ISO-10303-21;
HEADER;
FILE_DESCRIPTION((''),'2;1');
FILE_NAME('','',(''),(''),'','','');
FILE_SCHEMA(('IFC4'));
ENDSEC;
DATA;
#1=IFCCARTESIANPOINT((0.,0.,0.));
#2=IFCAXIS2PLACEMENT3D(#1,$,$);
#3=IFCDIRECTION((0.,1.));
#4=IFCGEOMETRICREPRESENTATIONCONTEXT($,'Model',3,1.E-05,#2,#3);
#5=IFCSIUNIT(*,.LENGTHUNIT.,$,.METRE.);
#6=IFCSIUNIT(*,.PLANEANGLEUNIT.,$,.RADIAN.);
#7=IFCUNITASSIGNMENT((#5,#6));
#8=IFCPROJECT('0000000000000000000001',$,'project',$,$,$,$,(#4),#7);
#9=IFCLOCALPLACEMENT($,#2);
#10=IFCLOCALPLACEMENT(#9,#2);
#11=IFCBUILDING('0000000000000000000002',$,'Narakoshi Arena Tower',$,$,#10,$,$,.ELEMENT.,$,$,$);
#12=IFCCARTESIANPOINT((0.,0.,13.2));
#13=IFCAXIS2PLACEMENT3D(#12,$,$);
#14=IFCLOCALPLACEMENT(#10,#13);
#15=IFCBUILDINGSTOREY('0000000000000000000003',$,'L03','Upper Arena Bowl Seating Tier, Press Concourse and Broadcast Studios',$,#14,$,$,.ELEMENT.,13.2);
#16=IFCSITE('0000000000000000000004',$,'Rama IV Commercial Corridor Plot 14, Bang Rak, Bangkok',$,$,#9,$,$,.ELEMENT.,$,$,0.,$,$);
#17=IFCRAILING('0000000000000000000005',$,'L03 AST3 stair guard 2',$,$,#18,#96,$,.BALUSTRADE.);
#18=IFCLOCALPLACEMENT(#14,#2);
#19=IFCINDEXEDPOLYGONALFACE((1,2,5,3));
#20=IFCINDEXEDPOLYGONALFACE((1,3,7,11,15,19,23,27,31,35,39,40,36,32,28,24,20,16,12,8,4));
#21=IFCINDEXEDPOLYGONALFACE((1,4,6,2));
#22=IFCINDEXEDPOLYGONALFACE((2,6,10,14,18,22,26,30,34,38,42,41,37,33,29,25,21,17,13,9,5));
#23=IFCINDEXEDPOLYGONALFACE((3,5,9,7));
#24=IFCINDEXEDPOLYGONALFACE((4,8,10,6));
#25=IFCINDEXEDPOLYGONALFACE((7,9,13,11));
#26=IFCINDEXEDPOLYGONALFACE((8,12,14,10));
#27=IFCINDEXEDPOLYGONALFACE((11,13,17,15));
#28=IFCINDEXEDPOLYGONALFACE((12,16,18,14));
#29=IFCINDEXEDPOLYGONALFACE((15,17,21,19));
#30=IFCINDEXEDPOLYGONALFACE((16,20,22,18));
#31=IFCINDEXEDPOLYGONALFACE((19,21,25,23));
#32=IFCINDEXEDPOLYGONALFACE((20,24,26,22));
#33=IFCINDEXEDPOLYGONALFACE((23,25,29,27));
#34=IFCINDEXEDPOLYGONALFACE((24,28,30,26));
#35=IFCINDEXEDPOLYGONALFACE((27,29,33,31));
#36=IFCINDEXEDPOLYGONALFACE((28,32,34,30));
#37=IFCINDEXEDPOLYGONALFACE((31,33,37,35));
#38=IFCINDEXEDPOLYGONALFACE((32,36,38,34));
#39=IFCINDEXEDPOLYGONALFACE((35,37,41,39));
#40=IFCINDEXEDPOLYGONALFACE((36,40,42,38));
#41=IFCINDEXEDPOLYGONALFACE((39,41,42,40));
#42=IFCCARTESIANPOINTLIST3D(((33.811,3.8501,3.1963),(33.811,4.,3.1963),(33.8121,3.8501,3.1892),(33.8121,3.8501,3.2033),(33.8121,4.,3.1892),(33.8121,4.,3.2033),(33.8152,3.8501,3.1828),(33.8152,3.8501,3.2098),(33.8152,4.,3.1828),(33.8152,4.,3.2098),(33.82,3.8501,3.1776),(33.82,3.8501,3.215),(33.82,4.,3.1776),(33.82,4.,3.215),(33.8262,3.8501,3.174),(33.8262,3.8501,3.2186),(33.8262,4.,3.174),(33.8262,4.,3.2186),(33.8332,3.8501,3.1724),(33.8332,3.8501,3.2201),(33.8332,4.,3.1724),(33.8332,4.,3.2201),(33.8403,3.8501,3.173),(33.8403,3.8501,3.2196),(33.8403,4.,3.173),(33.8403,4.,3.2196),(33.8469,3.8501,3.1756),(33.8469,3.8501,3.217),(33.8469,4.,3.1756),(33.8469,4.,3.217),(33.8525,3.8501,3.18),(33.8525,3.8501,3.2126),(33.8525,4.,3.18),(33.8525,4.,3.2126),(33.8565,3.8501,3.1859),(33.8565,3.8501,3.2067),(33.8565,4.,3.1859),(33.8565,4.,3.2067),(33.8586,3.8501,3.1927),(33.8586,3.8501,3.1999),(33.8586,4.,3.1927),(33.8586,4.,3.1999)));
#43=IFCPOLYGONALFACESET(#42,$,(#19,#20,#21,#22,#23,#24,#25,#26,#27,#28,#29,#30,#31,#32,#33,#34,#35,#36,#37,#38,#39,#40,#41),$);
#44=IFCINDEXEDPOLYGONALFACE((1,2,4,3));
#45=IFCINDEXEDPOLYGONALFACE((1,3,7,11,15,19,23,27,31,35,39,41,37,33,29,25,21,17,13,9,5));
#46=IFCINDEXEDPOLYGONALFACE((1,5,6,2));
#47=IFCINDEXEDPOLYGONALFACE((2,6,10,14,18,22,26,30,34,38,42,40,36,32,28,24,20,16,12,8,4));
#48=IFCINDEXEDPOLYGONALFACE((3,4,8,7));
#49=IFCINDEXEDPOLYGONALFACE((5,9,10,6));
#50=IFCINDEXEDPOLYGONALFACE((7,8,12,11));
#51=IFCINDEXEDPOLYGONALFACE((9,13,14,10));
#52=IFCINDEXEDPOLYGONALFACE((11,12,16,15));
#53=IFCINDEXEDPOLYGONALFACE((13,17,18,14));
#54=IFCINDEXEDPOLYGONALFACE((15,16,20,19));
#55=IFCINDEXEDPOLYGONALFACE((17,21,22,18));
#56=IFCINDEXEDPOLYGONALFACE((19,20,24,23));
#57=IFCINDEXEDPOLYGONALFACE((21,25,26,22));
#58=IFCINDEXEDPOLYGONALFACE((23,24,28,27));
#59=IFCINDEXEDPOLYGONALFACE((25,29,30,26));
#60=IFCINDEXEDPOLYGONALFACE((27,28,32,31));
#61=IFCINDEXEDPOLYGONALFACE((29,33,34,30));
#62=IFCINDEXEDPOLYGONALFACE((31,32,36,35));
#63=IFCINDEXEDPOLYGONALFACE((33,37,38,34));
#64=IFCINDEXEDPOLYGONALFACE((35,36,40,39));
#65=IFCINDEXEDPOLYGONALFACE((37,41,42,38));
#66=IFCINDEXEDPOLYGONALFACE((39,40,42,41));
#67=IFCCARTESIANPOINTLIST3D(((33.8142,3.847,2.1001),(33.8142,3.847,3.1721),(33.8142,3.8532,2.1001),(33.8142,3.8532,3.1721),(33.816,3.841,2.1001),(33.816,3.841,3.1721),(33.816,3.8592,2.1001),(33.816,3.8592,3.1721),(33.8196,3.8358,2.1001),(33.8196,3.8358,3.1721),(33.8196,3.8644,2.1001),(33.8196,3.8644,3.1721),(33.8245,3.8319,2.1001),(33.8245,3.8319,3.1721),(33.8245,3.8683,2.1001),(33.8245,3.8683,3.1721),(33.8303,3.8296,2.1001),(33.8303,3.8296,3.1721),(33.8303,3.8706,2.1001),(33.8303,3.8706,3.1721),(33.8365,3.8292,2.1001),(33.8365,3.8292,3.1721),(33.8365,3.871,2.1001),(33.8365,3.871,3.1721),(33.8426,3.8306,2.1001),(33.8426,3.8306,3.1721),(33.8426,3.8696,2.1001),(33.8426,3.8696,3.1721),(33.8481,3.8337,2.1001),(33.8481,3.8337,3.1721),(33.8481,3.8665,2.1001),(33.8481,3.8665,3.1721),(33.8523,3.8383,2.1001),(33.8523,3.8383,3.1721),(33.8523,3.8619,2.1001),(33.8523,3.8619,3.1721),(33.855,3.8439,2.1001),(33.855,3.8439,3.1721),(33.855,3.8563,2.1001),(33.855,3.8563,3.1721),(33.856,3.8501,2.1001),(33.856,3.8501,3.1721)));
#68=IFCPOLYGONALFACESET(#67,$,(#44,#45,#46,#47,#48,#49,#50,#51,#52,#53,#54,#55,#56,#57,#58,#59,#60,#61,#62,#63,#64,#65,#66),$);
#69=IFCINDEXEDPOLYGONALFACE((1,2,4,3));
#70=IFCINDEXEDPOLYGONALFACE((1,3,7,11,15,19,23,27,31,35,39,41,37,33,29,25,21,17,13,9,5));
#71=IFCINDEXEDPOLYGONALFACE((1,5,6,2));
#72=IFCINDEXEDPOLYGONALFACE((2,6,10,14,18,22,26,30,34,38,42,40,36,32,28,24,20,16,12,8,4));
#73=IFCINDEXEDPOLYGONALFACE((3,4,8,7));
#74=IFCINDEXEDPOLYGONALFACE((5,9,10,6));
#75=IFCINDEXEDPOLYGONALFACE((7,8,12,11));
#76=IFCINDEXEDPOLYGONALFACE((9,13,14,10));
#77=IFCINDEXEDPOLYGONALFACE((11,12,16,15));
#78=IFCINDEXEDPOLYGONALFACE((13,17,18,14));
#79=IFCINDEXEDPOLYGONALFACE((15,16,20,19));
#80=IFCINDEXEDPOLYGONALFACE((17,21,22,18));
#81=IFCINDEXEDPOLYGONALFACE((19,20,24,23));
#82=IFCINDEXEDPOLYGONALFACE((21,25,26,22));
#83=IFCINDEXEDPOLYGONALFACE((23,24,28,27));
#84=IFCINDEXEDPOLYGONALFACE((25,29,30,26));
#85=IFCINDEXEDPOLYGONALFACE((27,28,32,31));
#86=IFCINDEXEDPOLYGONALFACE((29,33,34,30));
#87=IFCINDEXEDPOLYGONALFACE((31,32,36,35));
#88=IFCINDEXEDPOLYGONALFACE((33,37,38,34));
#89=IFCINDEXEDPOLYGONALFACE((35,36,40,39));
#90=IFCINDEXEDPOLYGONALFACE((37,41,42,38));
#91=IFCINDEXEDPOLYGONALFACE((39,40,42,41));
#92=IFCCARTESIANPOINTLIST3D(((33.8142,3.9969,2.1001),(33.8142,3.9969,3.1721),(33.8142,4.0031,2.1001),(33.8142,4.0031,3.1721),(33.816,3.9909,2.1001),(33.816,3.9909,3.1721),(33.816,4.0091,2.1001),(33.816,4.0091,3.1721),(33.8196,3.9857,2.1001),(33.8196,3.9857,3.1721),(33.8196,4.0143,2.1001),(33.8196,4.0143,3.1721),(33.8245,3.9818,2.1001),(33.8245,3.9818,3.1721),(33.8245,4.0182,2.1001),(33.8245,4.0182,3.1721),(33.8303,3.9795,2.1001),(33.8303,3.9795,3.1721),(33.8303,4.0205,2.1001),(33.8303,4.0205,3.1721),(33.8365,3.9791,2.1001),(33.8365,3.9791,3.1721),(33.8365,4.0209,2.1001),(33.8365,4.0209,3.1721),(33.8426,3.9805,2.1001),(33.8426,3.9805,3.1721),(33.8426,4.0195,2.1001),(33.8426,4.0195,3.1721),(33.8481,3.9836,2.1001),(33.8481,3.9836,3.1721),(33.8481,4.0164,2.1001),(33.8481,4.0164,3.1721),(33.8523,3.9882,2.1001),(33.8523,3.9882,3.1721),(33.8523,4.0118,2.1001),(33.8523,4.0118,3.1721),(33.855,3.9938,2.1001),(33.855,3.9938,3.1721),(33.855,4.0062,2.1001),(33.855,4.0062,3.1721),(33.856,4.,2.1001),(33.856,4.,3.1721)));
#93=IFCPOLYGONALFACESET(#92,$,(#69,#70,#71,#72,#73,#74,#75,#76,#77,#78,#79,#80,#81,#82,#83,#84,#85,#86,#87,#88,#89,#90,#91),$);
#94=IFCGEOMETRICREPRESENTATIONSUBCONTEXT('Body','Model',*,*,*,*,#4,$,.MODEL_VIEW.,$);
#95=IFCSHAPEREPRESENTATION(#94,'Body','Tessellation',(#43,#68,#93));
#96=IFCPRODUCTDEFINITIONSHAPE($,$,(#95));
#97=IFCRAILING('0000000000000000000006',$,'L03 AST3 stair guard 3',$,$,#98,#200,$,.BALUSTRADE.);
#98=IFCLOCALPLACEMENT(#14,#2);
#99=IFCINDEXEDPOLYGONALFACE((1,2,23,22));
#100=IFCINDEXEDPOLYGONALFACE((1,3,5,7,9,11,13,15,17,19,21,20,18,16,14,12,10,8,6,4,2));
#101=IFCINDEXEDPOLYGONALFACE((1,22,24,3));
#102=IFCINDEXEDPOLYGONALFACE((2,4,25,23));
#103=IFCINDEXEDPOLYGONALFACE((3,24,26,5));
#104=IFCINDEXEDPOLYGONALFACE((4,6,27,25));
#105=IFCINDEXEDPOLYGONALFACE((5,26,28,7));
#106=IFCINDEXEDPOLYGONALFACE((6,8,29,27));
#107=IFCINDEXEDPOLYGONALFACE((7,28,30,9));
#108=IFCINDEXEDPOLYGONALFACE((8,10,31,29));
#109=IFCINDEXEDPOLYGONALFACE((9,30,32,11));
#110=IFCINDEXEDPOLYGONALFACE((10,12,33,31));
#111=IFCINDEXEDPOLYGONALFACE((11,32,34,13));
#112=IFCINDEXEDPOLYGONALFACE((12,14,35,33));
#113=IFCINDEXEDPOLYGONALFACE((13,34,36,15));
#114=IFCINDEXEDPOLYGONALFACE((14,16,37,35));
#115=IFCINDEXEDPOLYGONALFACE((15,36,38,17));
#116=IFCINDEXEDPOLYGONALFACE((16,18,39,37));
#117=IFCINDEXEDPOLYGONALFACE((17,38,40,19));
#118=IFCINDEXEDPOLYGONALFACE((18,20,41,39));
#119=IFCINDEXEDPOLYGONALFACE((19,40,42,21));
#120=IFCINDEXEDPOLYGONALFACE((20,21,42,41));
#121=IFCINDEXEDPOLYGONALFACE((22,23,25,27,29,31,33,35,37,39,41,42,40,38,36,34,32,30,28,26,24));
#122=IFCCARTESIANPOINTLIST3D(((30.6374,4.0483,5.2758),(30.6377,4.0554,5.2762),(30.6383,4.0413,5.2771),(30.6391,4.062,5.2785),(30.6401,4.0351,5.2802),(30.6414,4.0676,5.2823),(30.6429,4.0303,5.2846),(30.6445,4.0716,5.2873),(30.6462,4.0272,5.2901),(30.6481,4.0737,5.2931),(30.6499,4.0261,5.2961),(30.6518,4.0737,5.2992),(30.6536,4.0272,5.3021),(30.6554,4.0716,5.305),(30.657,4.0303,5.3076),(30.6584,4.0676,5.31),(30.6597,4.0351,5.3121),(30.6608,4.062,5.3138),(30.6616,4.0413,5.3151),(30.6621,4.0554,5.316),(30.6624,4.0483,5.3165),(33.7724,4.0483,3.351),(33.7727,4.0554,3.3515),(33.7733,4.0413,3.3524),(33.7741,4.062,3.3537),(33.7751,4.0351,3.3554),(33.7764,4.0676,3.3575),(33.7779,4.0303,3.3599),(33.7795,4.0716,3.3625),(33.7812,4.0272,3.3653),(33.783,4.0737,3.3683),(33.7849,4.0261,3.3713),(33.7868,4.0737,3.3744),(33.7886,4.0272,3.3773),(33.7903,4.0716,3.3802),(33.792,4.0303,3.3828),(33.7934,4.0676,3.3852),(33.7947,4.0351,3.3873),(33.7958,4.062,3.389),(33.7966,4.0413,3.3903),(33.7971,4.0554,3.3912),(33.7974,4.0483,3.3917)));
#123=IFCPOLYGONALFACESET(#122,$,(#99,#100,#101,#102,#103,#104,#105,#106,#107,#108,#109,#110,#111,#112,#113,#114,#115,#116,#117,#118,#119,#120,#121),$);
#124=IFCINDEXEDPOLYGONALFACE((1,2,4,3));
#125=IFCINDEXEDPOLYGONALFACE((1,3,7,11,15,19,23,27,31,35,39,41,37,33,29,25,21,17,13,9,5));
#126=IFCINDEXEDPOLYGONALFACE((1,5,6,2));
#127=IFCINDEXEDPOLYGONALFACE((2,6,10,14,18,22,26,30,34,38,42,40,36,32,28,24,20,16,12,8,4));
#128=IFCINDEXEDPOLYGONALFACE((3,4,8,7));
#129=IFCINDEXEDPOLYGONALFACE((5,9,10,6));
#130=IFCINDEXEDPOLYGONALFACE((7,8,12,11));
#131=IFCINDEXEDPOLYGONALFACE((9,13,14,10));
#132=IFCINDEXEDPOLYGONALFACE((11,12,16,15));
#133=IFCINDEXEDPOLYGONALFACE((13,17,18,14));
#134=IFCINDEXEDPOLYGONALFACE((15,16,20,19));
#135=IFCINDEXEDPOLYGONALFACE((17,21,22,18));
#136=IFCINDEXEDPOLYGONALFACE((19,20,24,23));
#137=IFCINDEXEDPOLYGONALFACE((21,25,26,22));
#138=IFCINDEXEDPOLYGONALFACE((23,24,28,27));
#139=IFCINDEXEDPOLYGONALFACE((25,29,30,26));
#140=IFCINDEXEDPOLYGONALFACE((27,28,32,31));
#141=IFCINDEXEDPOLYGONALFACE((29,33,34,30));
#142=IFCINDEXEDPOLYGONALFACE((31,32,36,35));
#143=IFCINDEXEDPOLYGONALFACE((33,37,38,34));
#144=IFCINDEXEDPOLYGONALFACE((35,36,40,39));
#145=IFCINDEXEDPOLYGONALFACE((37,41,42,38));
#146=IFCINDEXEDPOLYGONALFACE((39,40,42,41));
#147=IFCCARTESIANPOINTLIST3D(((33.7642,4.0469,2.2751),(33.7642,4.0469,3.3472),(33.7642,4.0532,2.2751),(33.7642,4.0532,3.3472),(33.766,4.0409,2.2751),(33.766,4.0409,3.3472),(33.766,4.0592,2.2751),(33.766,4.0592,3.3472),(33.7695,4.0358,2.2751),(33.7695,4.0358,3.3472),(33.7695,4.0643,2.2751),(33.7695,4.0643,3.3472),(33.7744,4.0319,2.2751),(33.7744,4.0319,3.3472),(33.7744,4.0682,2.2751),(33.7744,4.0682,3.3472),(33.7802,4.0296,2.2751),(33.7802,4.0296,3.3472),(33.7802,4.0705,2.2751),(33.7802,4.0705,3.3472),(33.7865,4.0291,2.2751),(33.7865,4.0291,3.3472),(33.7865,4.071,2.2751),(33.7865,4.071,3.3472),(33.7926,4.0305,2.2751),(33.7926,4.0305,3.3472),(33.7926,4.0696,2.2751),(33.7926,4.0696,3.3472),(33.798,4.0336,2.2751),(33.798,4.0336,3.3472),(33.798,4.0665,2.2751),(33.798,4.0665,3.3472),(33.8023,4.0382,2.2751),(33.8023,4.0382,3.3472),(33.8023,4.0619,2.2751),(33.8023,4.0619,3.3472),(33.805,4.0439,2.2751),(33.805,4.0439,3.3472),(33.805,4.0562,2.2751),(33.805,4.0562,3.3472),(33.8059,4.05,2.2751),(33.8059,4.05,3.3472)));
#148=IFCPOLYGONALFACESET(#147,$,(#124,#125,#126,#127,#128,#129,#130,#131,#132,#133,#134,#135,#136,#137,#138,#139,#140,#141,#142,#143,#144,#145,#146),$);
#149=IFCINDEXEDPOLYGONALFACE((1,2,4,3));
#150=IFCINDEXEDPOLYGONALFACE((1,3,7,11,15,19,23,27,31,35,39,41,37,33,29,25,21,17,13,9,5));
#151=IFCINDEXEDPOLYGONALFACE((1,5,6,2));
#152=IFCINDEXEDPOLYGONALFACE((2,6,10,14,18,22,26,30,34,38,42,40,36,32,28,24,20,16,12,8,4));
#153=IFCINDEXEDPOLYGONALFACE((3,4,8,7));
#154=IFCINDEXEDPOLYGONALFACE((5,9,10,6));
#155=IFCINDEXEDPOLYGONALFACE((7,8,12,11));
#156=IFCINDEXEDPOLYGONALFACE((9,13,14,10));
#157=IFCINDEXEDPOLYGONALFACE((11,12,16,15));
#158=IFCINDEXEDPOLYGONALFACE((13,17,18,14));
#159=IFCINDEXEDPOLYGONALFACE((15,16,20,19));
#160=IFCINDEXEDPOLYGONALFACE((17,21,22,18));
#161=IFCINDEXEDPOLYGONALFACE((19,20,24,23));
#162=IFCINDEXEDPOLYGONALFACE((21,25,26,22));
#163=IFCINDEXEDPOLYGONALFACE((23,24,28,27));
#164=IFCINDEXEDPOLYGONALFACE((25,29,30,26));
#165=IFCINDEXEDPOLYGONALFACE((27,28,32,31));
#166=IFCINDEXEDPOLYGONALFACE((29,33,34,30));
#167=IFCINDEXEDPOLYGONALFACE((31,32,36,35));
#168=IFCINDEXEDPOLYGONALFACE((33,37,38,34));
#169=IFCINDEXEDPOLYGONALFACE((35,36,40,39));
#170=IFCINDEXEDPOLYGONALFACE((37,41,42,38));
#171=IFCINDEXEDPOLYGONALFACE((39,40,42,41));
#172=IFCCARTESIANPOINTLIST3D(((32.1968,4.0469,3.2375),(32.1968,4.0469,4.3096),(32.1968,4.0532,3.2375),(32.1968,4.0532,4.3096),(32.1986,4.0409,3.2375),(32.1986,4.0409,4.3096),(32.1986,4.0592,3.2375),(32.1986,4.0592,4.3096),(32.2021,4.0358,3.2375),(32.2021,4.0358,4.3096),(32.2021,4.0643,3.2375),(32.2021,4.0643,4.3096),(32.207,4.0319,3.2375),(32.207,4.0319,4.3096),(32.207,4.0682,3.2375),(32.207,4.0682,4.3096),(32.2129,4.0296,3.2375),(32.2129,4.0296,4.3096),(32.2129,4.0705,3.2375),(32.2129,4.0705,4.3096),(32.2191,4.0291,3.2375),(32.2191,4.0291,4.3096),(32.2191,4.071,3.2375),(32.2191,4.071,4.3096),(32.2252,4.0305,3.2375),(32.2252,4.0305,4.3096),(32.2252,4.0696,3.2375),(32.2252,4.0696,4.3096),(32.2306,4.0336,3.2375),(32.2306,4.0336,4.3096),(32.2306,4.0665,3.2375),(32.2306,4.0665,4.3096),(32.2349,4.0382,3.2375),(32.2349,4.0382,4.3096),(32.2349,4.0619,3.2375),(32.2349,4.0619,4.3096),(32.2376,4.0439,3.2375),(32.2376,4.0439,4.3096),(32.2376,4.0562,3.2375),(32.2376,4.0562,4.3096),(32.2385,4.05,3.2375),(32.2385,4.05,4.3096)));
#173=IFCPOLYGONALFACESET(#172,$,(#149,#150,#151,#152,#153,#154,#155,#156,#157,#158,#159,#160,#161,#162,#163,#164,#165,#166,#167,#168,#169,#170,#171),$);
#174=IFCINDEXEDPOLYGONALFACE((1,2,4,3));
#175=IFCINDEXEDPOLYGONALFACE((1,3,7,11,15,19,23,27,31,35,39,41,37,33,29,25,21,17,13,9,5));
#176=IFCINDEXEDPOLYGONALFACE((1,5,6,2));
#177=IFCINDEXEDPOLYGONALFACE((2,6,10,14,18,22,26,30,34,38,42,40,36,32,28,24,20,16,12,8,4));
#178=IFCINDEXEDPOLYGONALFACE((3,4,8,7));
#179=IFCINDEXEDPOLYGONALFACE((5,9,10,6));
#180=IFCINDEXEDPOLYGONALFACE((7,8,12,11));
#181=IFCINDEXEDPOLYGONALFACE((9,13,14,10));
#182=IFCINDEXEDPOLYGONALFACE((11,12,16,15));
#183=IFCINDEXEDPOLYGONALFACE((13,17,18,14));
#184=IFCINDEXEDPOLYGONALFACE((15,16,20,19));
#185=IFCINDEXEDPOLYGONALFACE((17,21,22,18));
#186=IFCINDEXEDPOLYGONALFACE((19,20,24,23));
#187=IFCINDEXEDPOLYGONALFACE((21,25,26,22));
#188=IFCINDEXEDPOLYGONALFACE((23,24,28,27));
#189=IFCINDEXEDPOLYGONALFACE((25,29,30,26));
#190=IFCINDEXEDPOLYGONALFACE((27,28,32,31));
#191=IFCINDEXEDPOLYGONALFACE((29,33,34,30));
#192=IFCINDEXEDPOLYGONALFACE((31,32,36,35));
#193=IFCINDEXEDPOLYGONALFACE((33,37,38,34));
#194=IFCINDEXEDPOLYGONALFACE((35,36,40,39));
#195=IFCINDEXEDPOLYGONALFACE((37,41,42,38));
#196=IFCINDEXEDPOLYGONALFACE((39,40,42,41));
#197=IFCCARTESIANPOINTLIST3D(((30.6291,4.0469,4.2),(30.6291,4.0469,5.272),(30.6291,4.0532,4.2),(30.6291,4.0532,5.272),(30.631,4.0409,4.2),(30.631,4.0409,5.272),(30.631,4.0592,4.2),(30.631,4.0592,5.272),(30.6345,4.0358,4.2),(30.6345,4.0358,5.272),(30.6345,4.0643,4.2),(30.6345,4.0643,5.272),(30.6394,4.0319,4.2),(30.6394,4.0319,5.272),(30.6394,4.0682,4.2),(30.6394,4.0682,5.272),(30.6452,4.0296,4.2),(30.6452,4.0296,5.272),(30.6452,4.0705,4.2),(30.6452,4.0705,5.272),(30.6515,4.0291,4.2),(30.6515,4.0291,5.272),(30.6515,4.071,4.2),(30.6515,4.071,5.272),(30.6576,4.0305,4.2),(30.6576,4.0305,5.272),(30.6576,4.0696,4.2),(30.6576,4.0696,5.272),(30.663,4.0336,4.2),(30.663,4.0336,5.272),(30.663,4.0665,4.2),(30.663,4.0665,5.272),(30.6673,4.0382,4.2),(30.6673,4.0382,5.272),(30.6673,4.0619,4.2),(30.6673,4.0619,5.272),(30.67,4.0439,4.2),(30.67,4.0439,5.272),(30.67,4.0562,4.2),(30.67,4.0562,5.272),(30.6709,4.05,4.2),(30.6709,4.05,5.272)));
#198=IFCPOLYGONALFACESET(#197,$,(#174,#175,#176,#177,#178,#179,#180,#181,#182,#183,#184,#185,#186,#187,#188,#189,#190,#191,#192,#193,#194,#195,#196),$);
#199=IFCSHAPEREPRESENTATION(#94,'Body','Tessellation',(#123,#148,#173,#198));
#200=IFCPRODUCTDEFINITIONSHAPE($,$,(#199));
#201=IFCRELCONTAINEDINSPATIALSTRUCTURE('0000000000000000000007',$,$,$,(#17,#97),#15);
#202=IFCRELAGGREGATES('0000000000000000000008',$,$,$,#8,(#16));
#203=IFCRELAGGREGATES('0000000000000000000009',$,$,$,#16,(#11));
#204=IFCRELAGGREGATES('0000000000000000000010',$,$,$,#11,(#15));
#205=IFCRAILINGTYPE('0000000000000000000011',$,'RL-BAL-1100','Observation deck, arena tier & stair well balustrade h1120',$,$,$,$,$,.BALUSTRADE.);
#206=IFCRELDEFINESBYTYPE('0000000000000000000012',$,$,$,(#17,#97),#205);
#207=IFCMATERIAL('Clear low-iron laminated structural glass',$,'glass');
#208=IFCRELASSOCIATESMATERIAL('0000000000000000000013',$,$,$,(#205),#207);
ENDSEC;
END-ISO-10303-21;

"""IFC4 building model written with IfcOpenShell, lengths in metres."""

from ifc_helpers import new_model, si_unit, direction, frame, origin, origin_2d, place, context, subcontext, project, spatial, circle, extrude, material, type_object, element, save


model = new_model("IFC4")

# Units and contexts
model_context = context("Model", 3, precision=1e-05, world=origin(), true_north=direction((0.0, 1.0)))
body_context = subcontext(model_context, "Body", "Model", "MODEL_VIEW")
ifc_project = project(units=[si_unit("LENGTHUNIT", "METRE"), si_unit("PLANEANGLEUNIT", "RADIAN")], contexts=[model_context])

# Site, building, storey
site_placement = place(None, origin())
site = spatial("IfcSite", under=ifc_project, at=site_placement, Name="Rama IV Commercial Corridor Plot 14, Bang Rak, Bangkok", CompositionType="ELEMENT", RefElevation=0.0)
building_placement = place(site_placement, origin())
building = spatial("IfcBuilding", under=site, at=building_placement, Name="Narakoshi Arena Tower", CompositionType="ELEMENT")
storey_placement = place(building_placement, frame((0.0, 0.0, 13.2)))
storey = spatial("IfcBuildingStorey", under=building, at=storey_placement, Name="L03", Description="Upper Arena Bowl Seating Tier, Press Concourse and Broadcast Studios", CompositionType="ELEMENT", Elevation=13.2)

# Railings
ifc_material_1 = material(Name="Clear low-iron laminated structural glass", Category="glass")
railing_type_1 = type_object("IfcRailingType", Name="RL-BAL-1100", Description="Observation deck, arena tier & stair well balustrade h1120", PredefinedType="BALUSTRADE", material=ifc_material_1)
railing_1_placement = place(storey_placement, frame((33.835, 3.8501, 2.1001)))
element("IfcRailing", 1, at=railing_1_placement, inside=storey, type_object=railing_type_1, Name="L03 AST3 stair guard 2", PredefinedType="BALUSTRADE", context=body_context, shape_type="SweptSolid", body=[
    extrude(circle(Radius=0.0239, at=origin_2d()), frame((0.0, 0.0, 1.0962), z_axis=(0.0, 1.0, 0.0), x_axis=(-1.0, 0.0, 0.0)), (0.0, 0.0, 1.0), 0.1499),
    extrude(circle(Radius=0.021, at=origin_2d()), origin(), (0.0, 0.0, 1.0), 1.072),
    extrude(circle(Radius=0.021, at=origin_2d()), frame((0.0, 0.1499, 0.0)), (0.0, 0.0, 1.0), 1.072),
])
railing_2_placement = place(storey_placement, frame((33.7849, 4.05, 2.2751)))
element("IfcRailing", 2, at=railing_2_placement, inside=storey, type_object=railing_type_1, Name="L03 AST3 stair guard 3", PredefinedType="BALUSTRADE", context=body_context, shape_type="SweptSolid", body=[
    extrude(circle(Radius=0.0239, at=origin_2d()), frame((0.0, 0.0, 1.0962), z_axis=(-0.852196, 0.0, 0.523223), x_axis=(0.0, -1.0, 0.0)), (0.0, 0.0, 1.0), 3.6787),
    extrude(circle(Radius=0.021, at=origin_2d()), origin(), (0.0, 0.0, 1.0), 1.072),
    extrude(circle(Radius=0.021, at=origin_2d()), frame((-1.5674, 0.0, 0.9624)), (0.0, 0.0, 1.0), 1.072),
    extrude(circle(Radius=0.021, at=origin_2d()), frame((-3.135, 0.0, 1.9248)), (0.0, 0.0, 1.0), 1.072),
])

save(model, "model.ifc")
